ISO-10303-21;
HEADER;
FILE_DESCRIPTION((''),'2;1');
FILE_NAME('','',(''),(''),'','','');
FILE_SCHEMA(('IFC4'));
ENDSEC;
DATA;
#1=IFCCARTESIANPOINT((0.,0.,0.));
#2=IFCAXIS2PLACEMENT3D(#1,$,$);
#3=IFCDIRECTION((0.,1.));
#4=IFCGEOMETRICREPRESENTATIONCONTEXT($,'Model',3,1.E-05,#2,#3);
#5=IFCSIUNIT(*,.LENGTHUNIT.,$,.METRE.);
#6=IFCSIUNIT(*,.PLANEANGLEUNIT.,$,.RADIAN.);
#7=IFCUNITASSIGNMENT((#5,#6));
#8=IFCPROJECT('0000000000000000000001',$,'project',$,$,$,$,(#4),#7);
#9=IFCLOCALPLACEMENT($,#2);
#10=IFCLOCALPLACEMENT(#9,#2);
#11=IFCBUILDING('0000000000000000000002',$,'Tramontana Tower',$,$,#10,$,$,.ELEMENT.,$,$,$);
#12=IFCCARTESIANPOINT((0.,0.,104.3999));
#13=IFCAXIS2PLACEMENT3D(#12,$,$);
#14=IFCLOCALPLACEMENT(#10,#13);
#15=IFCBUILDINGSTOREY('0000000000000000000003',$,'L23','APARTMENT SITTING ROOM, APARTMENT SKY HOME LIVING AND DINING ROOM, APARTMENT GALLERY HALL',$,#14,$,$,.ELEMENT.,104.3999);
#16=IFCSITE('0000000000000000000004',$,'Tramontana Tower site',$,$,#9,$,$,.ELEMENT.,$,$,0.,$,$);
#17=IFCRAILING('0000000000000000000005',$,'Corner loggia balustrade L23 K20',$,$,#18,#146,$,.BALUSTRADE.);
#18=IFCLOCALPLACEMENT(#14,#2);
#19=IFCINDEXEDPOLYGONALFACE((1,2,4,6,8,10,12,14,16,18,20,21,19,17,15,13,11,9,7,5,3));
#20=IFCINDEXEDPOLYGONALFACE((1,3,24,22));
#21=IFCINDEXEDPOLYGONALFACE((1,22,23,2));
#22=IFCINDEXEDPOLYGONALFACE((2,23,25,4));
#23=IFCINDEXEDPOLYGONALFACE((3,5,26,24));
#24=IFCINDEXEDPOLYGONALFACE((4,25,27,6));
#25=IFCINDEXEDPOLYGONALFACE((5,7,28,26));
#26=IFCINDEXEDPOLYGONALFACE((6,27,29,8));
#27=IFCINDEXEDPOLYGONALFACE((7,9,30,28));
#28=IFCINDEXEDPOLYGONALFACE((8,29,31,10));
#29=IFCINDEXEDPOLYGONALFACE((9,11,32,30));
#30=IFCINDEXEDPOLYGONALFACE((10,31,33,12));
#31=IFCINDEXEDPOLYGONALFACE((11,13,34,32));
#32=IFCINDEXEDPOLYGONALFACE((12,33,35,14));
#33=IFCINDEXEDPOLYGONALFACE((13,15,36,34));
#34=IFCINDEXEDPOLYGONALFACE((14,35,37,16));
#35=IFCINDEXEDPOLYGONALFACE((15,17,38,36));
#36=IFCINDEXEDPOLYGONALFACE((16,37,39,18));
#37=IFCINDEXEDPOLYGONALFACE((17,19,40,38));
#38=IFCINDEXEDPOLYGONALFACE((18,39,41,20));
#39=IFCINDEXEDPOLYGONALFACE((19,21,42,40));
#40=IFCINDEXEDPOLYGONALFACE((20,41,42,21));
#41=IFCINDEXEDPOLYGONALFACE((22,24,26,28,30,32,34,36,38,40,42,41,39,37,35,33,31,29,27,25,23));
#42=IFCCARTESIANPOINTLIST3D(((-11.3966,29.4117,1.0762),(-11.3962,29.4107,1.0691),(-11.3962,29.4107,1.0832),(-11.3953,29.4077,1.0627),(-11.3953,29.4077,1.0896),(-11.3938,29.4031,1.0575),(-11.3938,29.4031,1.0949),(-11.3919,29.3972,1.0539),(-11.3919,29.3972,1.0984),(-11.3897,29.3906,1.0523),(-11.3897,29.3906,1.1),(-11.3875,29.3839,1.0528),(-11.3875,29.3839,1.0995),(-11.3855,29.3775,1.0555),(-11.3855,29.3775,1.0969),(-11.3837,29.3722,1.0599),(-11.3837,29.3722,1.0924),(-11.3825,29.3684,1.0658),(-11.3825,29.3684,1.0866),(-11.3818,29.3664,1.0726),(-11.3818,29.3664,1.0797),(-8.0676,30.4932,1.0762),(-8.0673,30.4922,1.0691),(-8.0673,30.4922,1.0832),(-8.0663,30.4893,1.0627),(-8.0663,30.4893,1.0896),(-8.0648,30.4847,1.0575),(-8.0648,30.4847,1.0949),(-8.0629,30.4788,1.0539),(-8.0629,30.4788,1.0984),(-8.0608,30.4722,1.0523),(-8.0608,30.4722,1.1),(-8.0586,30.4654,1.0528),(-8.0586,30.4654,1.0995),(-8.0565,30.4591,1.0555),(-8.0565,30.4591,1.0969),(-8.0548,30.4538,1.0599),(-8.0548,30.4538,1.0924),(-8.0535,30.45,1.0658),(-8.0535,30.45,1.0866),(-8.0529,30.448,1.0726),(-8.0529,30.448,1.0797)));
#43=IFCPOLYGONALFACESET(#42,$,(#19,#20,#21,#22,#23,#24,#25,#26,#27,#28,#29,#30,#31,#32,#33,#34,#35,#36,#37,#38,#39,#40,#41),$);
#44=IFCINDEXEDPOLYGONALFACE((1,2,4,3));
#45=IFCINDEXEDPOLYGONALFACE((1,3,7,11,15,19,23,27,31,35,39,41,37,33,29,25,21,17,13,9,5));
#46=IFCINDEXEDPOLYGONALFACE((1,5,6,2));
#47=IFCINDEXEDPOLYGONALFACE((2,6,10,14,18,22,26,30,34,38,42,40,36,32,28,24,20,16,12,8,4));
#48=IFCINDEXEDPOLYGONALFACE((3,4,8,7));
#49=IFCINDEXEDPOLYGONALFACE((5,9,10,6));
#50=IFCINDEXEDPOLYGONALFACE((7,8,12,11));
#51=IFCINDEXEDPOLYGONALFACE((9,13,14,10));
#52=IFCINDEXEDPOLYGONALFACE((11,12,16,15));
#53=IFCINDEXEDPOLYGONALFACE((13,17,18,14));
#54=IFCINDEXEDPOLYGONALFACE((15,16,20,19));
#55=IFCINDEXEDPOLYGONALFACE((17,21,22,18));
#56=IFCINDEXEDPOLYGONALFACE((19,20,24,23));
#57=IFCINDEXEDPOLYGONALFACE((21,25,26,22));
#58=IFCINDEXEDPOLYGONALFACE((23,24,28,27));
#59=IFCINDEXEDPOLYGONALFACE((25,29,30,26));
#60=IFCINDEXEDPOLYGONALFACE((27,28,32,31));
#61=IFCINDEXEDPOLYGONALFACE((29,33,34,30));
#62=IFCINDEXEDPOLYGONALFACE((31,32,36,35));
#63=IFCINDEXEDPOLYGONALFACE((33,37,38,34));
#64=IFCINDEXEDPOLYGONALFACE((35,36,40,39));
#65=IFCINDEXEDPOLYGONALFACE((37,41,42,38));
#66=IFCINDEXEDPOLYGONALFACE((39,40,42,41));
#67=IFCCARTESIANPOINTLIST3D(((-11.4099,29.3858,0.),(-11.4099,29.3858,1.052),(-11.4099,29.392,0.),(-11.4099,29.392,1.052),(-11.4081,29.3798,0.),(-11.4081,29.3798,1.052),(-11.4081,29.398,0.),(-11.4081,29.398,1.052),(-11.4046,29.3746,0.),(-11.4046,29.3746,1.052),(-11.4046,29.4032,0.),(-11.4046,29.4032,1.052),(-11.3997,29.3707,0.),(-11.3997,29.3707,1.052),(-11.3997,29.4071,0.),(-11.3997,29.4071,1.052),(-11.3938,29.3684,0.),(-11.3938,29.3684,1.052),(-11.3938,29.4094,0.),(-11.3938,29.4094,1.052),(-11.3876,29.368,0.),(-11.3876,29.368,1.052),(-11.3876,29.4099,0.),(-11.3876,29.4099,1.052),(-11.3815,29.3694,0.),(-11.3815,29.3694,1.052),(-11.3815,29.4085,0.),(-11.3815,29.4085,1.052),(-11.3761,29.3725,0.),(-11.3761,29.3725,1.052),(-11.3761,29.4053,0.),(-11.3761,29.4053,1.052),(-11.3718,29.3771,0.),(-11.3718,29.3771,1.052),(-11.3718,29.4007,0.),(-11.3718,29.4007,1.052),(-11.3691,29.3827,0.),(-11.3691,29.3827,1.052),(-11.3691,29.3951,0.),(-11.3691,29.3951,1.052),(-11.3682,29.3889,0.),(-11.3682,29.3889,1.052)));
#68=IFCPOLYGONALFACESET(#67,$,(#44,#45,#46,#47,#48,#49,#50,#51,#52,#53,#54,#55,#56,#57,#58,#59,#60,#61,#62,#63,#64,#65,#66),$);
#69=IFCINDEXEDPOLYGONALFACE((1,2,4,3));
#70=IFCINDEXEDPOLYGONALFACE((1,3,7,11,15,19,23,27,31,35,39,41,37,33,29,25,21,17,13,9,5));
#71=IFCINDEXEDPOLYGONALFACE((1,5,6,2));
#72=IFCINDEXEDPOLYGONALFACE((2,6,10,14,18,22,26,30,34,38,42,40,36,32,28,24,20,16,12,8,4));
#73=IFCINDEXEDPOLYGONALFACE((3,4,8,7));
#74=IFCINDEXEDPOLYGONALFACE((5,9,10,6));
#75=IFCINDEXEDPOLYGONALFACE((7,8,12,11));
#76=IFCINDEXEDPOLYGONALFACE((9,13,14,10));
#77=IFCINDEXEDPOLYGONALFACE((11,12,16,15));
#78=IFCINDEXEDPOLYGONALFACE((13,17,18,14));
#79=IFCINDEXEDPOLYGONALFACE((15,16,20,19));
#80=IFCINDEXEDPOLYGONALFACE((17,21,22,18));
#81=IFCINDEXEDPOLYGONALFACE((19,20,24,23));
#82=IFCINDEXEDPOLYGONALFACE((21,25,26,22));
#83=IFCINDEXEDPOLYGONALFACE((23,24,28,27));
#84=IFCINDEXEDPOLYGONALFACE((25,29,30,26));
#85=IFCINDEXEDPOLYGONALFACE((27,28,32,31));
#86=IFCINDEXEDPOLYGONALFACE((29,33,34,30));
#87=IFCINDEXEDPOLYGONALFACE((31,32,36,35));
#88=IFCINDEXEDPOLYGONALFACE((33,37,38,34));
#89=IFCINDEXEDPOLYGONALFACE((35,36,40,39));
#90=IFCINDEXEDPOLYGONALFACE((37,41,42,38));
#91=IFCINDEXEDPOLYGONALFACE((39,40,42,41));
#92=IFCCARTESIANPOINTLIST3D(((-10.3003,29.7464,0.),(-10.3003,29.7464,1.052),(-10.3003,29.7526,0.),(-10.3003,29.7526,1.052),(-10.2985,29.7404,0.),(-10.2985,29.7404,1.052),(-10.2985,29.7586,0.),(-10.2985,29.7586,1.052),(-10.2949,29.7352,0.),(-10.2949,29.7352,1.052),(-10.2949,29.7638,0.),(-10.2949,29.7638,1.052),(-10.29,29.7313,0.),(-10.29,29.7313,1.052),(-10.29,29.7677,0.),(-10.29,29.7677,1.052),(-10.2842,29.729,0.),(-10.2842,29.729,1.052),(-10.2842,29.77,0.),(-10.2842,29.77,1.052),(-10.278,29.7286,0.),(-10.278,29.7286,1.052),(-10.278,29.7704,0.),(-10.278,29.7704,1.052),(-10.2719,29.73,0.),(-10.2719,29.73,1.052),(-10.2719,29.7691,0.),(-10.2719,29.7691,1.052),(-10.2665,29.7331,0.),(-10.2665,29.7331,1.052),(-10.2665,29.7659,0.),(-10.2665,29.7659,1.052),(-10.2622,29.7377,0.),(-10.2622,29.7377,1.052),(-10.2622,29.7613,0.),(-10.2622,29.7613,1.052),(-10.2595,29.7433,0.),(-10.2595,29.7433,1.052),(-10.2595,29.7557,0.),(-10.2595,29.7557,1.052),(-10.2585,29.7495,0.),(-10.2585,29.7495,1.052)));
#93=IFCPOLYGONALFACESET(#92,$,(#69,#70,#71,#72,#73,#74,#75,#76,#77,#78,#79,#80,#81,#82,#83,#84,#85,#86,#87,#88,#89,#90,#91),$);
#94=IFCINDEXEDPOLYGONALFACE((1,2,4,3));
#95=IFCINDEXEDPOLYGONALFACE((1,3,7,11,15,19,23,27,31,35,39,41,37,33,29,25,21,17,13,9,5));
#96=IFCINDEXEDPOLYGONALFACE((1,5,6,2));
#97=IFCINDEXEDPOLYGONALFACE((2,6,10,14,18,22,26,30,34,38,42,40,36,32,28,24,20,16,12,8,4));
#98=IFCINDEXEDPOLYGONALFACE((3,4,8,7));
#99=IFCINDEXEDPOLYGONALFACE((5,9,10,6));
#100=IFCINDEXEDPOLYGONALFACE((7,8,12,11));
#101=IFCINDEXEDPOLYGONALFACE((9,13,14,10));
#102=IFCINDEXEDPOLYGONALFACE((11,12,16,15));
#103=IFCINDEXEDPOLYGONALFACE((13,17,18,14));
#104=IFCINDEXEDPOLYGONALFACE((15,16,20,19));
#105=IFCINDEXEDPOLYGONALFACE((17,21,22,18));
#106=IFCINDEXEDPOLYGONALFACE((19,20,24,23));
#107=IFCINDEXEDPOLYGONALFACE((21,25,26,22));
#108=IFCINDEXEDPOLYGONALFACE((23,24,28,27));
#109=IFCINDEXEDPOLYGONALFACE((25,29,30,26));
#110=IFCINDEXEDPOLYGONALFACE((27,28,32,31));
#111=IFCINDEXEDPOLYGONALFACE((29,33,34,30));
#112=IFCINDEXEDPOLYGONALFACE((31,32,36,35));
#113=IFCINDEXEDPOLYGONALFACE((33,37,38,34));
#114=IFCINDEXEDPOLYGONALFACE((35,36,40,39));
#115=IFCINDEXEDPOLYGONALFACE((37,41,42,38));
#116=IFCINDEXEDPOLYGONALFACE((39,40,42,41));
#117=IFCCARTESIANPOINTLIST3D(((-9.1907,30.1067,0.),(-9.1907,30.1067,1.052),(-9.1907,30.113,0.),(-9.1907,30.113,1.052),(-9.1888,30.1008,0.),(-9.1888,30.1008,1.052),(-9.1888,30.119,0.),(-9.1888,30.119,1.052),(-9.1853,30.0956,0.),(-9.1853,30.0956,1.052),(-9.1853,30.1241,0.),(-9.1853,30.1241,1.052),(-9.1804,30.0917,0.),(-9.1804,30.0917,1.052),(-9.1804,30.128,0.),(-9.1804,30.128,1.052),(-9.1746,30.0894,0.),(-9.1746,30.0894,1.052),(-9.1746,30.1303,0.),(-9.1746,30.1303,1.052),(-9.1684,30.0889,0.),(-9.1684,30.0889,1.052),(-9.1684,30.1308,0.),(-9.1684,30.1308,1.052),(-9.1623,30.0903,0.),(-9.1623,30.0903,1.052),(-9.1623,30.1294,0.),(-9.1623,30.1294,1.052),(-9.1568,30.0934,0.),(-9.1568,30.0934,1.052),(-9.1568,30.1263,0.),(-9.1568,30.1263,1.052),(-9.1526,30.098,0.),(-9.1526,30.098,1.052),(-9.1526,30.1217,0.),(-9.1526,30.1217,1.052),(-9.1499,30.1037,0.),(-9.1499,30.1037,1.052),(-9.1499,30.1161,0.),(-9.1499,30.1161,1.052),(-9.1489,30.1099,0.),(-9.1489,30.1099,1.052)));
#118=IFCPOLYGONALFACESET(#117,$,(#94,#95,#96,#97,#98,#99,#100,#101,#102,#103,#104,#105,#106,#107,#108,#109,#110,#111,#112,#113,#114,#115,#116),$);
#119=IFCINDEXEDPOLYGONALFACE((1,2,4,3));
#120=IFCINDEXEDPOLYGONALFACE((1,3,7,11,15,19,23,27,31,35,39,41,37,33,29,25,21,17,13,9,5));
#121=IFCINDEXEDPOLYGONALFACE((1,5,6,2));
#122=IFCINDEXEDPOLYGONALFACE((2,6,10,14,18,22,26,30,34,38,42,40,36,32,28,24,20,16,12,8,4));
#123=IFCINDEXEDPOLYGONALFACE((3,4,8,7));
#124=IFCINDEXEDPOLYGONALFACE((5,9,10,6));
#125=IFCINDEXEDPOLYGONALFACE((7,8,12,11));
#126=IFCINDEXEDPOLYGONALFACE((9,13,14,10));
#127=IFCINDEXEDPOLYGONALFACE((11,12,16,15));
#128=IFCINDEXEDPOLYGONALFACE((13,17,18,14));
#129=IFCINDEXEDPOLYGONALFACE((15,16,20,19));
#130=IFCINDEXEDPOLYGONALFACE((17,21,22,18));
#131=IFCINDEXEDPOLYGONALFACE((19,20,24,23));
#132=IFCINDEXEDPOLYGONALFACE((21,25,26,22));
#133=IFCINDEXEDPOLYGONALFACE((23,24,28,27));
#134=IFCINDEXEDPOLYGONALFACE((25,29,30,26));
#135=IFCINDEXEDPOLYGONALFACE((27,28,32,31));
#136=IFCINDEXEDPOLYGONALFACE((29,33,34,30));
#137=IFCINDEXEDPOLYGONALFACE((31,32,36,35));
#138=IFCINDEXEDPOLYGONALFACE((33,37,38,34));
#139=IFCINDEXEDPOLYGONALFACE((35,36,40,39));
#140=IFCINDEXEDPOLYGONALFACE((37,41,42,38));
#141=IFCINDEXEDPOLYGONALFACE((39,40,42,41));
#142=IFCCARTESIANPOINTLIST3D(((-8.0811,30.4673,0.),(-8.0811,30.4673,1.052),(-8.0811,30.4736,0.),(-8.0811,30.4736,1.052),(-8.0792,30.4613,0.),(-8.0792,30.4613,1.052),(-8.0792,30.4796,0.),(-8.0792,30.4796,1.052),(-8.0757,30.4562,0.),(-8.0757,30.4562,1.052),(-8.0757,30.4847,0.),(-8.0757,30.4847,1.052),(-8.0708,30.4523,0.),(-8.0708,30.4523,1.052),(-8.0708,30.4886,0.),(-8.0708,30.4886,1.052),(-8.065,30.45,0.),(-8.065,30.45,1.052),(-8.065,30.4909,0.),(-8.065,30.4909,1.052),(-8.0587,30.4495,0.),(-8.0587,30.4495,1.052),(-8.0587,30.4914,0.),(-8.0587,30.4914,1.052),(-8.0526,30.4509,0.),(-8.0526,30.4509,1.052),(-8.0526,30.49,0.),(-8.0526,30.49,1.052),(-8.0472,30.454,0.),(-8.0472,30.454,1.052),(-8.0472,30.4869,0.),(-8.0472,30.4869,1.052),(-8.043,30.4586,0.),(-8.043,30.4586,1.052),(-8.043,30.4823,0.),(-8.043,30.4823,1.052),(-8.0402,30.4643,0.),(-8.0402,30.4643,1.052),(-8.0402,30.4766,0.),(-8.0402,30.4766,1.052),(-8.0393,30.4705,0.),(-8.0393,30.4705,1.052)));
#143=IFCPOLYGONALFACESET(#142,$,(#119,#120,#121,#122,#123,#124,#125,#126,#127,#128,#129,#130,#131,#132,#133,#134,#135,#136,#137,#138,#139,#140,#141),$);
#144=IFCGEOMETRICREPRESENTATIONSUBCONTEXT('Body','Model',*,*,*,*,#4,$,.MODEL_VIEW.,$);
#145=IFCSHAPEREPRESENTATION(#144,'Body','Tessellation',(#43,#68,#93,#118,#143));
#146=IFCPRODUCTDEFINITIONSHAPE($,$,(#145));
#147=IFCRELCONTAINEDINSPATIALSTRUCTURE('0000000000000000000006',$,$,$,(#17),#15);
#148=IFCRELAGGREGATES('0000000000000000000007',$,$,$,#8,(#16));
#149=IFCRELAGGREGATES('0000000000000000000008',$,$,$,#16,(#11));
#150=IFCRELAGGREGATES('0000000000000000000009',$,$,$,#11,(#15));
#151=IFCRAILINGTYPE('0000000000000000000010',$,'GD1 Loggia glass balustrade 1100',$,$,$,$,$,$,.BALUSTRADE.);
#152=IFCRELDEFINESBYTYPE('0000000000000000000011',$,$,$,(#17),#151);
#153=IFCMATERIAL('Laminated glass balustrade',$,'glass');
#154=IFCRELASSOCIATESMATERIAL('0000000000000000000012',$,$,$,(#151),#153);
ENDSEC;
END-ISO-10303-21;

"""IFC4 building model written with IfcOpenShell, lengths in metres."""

from ifc_helpers import new_model, si_unit, direction, frame, origin, origin_2d, place, context, subcontext, project, spatial, circle, extrude, material, type_object, element, save


model = new_model("IFC4")

# Units and contexts
model_context = context("Model", 3, precision=1e-05, world=origin(), true_north=direction((0.0, 1.0)))
body_context = subcontext(model_context, "Body", "Model", "MODEL_VIEW")
ifc_project = project(units=[si_unit("LENGTHUNIT", "METRE"), si_unit("PLANEANGLEUNIT", "RADIAN")], contexts=[model_context])

# Site, building, storey
site_placement = place(None, origin())
site = spatial("IfcSite", under=ifc_project, at=site_placement, Name="Tramontana Tower site", CompositionType="ELEMENT", RefElevation=0.0)
building_placement = place(site_placement, origin())
building = spatial("IfcBuilding", under=site, at=building_placement, Name="Tramontana Tower", CompositionType="ELEMENT")
storey_placement = place(building_placement, frame((0.0, 0.0, 104.3999)))
storey = spatial("IfcBuildingStorey", under=building, at=storey_placement, Name="L23", Description="APARTMENT SITTING ROOM, APARTMENT SKY HOME LIVING AND DINING ROOM, APARTMENT GALLERY HALL", CompositionType="ELEMENT", Elevation=104.3999)

# Railing
ifc_material_1 = material(Name="Laminated glass balustrade", Category="glass")
railing_type = type_object("IfcRailingType", Name="GD1 Loggia glass balustrade 1100", PredefinedType="BALUSTRADE", material=ifc_material_1)
railing_1_placement = place(storey_placement, frame((-11.3892, 29.3889, 0.0)))
element("IfcRailing", 1, at=railing_1_placement, inside=storey, type_object=railing_type, Name="Corner loggia balustrade L23 K20", PredefinedType="BALUSTRADE", context=body_context, shape_type="SweptSolid", body=[
    extrude(circle(Radius=0.0239, at=origin_2d()), frame((0.0, 0.0, 1.0762), z_axis=(0.951062, 0.308999, 0.0), x_axis=(-0.308999, 0.951062, 0.0)), (0.0, 0.0, 1.0), 3.5002),
    extrude(circle(Radius=0.021, at=origin_2d()), origin(), (0.0, 0.0, 1.0), 1.052),
    extrude(circle(Radius=0.021, at=origin_2d()), frame((1.1096, 0.3606, 0.0)), (0.0, 0.0, 1.0), 1.052),
    extrude(circle(Radius=0.021, at=origin_2d()), frame((2.2192, 0.7209, 0.0)), (0.0, 0.0, 1.0), 1.052),
    extrude(circle(Radius=0.021, at=origin_2d()), frame((3.3289, 1.0815, 0.0)), (0.0, 0.0, 1.0), 1.052),
])

save(model, "model.ifc")
